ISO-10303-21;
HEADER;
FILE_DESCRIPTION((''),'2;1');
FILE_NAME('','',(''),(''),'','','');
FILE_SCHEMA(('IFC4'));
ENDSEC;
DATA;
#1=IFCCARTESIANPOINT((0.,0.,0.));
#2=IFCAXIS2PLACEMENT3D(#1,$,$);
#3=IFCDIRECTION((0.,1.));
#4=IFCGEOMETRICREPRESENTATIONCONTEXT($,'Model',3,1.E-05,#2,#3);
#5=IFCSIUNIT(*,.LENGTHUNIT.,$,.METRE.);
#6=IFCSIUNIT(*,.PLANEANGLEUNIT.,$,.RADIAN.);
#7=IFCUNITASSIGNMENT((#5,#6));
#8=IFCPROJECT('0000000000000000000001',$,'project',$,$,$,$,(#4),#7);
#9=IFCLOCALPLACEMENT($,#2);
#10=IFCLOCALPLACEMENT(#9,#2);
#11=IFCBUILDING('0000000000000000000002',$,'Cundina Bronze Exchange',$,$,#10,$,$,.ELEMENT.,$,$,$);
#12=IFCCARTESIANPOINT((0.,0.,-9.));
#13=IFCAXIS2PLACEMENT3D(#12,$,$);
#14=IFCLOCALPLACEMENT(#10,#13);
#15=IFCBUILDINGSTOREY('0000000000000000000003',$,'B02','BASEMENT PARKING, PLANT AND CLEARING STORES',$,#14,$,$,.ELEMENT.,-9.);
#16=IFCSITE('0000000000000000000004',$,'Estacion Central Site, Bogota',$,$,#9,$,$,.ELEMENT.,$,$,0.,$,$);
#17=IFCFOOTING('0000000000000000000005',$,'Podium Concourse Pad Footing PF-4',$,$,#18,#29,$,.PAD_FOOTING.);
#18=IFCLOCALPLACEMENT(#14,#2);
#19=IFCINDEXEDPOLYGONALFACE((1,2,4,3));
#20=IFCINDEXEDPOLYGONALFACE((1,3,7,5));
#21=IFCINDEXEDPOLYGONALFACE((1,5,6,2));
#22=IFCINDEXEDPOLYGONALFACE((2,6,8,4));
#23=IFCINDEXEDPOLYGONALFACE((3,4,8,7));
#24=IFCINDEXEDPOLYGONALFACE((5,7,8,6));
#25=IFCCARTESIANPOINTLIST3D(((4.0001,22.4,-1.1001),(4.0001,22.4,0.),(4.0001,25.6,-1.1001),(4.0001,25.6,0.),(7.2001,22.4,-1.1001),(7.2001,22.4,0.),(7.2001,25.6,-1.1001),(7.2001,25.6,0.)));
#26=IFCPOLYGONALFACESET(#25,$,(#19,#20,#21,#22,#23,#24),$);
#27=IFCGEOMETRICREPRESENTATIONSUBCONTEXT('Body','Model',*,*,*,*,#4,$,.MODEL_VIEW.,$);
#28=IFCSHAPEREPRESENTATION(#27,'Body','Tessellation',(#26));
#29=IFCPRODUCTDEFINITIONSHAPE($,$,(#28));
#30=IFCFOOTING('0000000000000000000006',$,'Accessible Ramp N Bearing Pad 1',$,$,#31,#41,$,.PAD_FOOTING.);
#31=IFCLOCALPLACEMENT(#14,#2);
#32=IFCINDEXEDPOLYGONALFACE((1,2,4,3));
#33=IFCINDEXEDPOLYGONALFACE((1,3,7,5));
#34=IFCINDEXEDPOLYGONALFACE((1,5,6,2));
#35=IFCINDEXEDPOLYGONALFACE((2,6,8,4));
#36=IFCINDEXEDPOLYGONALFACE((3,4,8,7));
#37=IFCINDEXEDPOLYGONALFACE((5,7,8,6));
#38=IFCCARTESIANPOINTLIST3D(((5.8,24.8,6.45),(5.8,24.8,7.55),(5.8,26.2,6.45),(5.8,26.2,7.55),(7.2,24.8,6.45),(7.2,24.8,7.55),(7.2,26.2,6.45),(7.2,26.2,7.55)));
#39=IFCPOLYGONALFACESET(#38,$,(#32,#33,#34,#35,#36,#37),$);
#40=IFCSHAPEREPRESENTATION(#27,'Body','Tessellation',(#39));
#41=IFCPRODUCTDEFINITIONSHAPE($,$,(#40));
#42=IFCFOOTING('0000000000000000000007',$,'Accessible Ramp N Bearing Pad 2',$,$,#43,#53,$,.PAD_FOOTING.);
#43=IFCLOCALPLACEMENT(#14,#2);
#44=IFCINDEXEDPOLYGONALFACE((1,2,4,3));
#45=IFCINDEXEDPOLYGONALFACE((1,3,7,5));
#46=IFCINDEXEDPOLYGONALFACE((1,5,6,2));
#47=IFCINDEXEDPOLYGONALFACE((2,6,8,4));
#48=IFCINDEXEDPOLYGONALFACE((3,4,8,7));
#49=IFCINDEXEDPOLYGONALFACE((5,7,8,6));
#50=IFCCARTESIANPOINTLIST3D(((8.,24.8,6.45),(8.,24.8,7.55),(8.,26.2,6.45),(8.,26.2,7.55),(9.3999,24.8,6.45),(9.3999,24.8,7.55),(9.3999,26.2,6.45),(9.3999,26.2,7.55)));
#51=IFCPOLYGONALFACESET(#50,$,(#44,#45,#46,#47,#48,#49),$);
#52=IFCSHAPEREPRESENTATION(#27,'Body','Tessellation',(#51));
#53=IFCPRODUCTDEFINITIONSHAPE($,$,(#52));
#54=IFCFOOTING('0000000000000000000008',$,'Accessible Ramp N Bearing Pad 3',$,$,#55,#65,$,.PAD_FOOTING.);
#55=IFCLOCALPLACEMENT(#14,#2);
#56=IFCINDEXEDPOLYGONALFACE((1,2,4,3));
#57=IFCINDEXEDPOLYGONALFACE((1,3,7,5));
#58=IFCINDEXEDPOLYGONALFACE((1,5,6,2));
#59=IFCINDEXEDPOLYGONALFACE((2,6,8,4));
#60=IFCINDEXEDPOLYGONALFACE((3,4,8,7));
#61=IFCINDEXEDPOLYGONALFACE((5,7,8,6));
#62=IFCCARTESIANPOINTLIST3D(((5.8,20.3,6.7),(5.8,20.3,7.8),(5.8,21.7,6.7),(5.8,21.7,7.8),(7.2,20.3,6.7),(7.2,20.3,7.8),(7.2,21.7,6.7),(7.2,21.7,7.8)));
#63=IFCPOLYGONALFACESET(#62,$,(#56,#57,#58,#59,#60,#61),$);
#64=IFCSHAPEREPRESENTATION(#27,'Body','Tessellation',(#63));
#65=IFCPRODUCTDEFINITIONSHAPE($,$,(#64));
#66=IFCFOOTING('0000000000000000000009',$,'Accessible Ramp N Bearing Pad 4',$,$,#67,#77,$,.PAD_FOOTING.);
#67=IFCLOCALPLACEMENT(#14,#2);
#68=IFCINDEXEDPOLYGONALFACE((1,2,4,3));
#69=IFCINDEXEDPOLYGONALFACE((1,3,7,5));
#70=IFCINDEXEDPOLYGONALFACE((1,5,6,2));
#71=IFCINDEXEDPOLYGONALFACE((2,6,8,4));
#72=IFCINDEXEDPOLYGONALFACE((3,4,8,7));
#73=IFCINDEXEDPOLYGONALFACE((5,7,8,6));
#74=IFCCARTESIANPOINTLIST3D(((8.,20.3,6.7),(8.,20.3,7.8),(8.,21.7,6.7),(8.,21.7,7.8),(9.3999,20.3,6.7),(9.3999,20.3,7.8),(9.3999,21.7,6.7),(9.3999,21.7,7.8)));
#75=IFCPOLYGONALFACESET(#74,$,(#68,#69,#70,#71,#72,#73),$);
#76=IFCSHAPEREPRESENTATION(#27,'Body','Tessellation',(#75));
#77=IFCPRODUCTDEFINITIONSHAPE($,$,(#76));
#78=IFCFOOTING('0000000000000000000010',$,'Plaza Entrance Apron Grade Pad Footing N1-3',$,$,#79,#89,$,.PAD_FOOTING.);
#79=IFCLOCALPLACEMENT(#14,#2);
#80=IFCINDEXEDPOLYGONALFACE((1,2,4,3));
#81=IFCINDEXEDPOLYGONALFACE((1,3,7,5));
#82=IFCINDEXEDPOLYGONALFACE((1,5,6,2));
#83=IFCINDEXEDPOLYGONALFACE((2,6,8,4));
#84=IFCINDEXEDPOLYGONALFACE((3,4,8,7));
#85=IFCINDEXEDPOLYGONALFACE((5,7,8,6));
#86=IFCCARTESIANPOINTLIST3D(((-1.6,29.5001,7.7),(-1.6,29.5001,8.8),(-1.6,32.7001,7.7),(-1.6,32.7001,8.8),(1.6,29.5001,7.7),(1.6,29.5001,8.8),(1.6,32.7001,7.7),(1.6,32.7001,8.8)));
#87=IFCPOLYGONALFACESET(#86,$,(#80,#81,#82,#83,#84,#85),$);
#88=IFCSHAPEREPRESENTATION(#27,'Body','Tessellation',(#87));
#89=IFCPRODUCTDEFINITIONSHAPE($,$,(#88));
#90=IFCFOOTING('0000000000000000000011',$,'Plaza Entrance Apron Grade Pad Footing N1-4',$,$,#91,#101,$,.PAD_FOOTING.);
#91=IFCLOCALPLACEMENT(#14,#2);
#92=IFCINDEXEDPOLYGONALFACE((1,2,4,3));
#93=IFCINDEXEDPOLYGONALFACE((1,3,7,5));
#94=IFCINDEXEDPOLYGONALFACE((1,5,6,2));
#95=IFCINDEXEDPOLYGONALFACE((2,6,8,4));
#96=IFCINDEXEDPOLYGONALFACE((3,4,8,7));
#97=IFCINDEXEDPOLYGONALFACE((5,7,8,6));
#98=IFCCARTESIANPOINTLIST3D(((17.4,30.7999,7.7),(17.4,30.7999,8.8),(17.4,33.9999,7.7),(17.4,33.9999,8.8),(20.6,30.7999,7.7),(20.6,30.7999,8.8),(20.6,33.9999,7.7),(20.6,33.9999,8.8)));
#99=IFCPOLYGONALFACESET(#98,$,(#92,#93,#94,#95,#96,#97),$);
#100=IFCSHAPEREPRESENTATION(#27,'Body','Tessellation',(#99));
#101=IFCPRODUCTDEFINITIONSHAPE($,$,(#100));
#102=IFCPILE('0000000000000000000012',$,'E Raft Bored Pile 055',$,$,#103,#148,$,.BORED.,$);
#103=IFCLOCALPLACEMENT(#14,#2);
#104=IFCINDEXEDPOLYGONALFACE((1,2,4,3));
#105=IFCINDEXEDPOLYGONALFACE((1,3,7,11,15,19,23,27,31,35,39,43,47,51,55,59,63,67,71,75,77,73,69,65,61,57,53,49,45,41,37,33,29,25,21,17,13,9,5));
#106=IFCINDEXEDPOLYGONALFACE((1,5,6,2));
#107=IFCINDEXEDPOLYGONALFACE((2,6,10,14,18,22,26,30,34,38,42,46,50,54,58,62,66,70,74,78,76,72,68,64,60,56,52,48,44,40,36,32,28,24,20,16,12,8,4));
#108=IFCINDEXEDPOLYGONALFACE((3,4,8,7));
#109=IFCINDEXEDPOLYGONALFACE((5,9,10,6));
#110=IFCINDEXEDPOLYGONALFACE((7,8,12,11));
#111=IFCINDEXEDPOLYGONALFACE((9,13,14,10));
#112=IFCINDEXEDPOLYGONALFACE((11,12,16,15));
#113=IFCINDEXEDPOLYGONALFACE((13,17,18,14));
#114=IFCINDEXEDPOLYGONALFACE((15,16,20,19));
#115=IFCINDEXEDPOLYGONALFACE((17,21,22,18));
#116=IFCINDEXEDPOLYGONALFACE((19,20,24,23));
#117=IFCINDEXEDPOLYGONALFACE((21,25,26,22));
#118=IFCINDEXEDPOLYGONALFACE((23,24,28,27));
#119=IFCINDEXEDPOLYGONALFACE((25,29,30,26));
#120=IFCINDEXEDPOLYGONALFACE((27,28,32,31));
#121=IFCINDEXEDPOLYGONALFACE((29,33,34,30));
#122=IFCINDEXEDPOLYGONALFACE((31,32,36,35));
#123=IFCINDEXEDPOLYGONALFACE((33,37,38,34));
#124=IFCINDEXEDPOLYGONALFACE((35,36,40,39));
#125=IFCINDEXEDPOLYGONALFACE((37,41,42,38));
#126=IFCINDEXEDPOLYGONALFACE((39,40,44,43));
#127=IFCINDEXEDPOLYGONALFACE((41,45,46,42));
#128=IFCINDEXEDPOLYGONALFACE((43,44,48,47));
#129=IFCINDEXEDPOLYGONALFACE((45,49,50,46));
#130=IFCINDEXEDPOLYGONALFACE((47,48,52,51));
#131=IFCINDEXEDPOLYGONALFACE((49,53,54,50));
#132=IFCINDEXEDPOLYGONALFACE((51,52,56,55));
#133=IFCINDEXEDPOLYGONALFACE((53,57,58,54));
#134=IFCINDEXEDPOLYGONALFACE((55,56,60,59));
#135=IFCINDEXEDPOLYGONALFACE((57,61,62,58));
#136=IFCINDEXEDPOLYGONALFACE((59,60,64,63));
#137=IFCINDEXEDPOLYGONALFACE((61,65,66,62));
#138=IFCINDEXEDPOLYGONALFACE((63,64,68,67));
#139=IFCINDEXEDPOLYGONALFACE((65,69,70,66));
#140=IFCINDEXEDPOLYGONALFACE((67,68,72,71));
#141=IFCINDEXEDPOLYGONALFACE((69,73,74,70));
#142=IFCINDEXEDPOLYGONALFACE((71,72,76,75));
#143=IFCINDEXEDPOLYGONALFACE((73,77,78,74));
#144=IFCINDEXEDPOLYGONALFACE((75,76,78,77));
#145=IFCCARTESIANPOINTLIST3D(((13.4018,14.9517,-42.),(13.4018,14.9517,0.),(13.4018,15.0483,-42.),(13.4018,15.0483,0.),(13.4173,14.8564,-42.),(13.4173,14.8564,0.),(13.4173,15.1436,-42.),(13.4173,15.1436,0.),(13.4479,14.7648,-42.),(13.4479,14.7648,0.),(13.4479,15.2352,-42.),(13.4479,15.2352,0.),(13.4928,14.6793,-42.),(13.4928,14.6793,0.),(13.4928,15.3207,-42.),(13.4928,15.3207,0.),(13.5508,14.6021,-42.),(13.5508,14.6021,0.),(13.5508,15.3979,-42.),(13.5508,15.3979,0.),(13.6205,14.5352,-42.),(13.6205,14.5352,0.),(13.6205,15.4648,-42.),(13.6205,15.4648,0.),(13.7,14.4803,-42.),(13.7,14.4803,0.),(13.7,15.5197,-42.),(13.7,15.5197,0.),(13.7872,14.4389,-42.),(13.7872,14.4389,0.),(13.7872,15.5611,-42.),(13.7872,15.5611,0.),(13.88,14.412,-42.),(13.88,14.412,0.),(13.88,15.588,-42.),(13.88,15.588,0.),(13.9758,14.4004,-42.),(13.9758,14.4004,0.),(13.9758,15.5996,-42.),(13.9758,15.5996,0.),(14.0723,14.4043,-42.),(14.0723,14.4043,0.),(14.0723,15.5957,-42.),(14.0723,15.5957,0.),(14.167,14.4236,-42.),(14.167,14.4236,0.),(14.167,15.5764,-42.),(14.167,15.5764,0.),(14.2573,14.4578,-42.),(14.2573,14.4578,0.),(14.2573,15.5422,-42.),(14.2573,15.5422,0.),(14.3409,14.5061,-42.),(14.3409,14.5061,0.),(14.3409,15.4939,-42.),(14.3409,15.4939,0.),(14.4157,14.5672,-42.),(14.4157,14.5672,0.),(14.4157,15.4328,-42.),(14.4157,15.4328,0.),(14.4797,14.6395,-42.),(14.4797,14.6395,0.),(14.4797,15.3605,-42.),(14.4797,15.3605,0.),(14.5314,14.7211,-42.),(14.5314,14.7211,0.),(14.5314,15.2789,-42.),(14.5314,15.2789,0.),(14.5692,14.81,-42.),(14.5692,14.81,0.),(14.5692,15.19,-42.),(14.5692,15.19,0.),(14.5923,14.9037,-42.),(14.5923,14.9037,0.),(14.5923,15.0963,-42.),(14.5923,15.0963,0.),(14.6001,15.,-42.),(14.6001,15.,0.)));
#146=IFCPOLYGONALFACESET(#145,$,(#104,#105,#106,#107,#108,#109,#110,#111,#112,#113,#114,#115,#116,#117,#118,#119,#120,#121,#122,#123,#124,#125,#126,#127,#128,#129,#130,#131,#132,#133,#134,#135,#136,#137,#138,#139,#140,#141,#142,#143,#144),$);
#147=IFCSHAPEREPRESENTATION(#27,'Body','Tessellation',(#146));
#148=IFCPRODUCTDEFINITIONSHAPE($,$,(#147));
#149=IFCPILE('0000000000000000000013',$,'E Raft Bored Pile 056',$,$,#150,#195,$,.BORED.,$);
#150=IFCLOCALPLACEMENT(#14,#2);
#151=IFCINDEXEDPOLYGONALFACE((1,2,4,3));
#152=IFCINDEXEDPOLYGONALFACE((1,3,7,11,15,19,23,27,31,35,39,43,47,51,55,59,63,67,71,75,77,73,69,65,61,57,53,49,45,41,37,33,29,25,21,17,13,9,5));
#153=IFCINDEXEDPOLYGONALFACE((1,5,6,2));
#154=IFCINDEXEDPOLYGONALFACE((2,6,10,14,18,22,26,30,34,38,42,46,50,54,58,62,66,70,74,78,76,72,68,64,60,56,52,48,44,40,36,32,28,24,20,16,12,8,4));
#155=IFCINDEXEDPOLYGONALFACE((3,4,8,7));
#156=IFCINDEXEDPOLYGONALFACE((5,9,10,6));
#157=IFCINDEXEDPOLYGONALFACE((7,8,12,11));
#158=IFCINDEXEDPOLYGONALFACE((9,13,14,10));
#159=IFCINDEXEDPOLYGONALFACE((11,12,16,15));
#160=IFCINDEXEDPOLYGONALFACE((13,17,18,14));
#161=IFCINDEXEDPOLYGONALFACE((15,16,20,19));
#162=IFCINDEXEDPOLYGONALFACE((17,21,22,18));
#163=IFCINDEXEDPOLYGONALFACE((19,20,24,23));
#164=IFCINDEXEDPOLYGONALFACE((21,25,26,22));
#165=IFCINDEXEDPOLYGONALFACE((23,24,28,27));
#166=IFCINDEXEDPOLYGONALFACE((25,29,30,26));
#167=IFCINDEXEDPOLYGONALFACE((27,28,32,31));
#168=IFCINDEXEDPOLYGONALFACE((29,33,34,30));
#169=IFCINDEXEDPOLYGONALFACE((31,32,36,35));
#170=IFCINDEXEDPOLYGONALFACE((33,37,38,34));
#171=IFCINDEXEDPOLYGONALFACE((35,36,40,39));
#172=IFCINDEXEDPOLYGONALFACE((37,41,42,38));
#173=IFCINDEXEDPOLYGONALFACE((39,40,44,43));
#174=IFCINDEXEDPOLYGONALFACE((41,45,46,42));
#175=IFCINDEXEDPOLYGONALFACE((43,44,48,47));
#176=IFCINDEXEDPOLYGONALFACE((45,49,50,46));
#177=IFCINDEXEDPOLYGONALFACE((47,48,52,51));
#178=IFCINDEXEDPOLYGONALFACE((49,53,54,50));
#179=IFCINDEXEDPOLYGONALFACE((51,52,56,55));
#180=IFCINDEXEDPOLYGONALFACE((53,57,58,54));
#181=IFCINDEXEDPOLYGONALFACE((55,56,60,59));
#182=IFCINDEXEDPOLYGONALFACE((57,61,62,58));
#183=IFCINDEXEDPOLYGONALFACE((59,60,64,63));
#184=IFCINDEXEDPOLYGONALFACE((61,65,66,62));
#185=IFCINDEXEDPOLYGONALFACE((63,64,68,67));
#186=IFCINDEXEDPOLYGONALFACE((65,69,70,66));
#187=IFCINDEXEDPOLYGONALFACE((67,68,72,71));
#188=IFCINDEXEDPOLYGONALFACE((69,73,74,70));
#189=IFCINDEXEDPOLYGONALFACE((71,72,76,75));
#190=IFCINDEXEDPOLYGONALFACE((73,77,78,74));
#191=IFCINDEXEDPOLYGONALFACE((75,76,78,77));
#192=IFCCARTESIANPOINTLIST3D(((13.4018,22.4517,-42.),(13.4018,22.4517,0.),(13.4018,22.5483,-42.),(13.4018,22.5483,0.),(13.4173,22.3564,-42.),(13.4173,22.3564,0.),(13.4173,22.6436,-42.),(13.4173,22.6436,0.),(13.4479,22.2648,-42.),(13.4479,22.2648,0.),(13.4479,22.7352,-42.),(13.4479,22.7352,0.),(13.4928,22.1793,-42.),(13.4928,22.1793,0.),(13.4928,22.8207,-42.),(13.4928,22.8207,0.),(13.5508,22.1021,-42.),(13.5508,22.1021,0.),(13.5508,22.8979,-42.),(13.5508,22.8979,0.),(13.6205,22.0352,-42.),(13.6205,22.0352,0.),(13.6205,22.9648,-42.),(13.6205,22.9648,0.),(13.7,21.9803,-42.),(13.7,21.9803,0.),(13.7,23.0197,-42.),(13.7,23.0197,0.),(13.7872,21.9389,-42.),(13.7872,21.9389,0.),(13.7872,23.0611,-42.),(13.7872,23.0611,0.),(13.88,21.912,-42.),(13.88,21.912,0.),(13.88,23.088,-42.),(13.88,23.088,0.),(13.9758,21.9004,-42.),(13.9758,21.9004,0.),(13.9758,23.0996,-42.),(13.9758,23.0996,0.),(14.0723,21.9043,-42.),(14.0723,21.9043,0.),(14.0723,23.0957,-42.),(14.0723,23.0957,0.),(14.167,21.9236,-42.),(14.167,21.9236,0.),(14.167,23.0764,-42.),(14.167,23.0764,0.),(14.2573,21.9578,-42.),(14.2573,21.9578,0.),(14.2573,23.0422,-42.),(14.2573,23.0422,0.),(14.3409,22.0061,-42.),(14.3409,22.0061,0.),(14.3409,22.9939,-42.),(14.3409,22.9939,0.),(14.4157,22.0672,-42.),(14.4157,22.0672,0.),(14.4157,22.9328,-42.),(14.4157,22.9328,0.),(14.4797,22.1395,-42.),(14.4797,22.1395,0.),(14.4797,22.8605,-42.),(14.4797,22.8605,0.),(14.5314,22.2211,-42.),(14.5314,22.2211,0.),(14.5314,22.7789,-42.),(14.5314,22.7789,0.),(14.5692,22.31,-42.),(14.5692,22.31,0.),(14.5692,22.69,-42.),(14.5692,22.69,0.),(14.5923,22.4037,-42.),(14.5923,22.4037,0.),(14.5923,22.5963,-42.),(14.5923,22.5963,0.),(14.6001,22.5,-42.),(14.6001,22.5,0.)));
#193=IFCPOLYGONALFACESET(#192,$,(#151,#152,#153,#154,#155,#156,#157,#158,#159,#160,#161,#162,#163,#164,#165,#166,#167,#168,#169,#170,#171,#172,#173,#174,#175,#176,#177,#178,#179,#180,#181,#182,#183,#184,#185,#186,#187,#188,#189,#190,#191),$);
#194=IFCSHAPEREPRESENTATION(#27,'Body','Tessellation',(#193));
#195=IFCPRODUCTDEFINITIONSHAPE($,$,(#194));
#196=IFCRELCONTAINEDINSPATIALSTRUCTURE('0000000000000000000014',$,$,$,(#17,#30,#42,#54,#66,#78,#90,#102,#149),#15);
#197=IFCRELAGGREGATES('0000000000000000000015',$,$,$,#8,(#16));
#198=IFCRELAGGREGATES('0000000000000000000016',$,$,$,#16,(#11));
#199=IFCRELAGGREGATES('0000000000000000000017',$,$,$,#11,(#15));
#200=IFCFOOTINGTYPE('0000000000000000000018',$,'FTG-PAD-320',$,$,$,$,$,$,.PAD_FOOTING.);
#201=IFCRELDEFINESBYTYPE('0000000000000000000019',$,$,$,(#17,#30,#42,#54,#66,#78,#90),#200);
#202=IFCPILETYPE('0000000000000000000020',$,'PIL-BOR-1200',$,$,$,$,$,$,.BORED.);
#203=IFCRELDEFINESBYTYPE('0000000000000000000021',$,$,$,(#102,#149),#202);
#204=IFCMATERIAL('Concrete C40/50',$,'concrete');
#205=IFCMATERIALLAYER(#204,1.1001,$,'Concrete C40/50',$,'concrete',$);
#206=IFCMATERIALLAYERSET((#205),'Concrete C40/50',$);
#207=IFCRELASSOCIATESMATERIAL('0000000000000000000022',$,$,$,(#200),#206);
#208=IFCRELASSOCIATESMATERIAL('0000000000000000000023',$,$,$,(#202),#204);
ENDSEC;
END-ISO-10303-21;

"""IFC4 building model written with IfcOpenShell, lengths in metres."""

from ifc_helpers import new_model, si_unit, direction, frame, origin, origin_2d, place, context, subcontext, project, spatial, rectangle, circle, extrude, material, layer, layer_set, material_profile, profile_set, type_object, element, save


model = new_model("IFC4")

# Units and contexts
model_context = context("Model", 3, precision=1e-05, world=origin(), true_north=direction((0.0, 1.0)))
body_context = subcontext(model_context, "Body", "Model", "MODEL_VIEW")
ifc_project = project(units=[si_unit("LENGTHUNIT", "METRE"), si_unit("PLANEANGLEUNIT", "RADIAN")], contexts=[model_context])

# Site, building, storey
site_placement = place(None, origin())
site = spatial("IfcSite", under=ifc_project, at=site_placement, Name="Estacion Central Site, Bogota", CompositionType="ELEMENT", RefElevation=0.0)
building_placement = place(site_placement, origin())
building = spatial("IfcBuilding", under=site, at=building_placement, Name="Cundina Bronze Exchange", CompositionType="ELEMENT")
storey_placement = place(building_placement, frame((0.0, 0.0, -9.0)))
storey = spatial("IfcBuildingStorey", under=building, at=storey_placement, Name="B02", Description="BASEMENT PARKING, PLANT AND CLEARING STORES", CompositionType="ELEMENT", Elevation=-9.0)

# Footings
ifc_material_1 = material(Name="Concrete C40/50", Category="concrete")
ifc_layer_1 = layer(ifc_material_1, 1.1001, Name="Concrete C40/50", Category="concrete")
ifc_layer_set_1 = layer_set([ifc_layer_1], Name="Concrete C40/50")
footing_type = type_object("IfcFootingType", Name="FTG-PAD-320", PredefinedType="PAD_FOOTING", material=ifc_layer_set_1)
footing_placement = place(storey_placement, frame((5.6001, 24.0, -1.1001), z_axis=(0.0, 0.0, 1.0), x_axis=(1.0, 0.0, 0.0)))
element("IfcFooting", 1, at=footing_placement, inside=storey, type_object=footing_type, Name="Podium Concourse Pad Footing PF-4", PredefinedType="PAD_FOOTING", context=body_context, shape_type="SweptSolid", body=[
    extrude(rectangle(XDim=3.2, YDim=3.2, at=origin_2d()), origin(), (0.0, 0.0, 1.0), 1.1001),
])
for number, where, z_axis, x_axis, name in (
    (2, (6.5, 25.5, 6.45), (0.0, 0.0, 1.0), (1.0, 0.0, 0.0), "Accessible Ramp N Bearing Pad 1"),
    (3, (8.7, 25.5, 6.45), (0.0, 0.0, 1.0), (1.0, 0.0, 0.0), "Accessible Ramp N Bearing Pad 2"),
    (4, (6.5, 21.0, 6.7), (0.0, 0.0, 1.0), (1.0, 0.0, 0.0), "Accessible Ramp N Bearing Pad 3"),
    (5, (8.7, 21.0, 6.7), (0.0, 0.0, 1.0), (1.0, 0.0, 0.0), "Accessible Ramp N Bearing Pad 4"),
):
    element("IfcFooting", number, at=place(storey_placement, frame(where, z_axis=z_axis, x_axis=x_axis)), inside=storey, type_object=footing_type, Name=name, PredefinedType="PAD_FOOTING", context=body_context, shape_type="SweptSolid", body=[
        extrude(rectangle(XDim=1.3999, YDim=1.3999, at=origin_2d()), origin(), (0.0, 0.0, 1.0), 1.1001),
    ])
for number, where, z_axis, x_axis, name in (
    (6, (0.0, 31.1001, 7.7), (0.0, 0.0, 1.0), (1.0, 0.0, 0.0), "Plaza Entrance Apron Grade Pad Footing N1-3"),
    (7, (19.0, 32.3999, 7.7), (0.0, 0.0, 1.0), (1.0, 0.0, 0.0), "Plaza Entrance Apron Grade Pad Footing N1-4"),
):
    element("IfcFooting", number, at=place(storey_placement, frame(where, z_axis=z_axis, x_axis=x_axis)), inside=storey, type_object=footing_type, Name=name, PredefinedType="PAD_FOOTING", context=body_context, shape_type="SweptSolid", body=[
        extrude(rectangle(XDim=3.2, YDim=3.2, at=origin_2d()), origin(), (0.0, 0.0, 1.0), 1.1001),
    ])

# Piles
ifc_material_profile_1 = material_profile(ifc_material_1, circle(Radius=0.6001, at=origin_2d()), Name="PILE1200D", Category="concrete")
ifc_profile_set_1 = profile_set([ifc_material_profile_1], Name="Concrete C40/50")
pile_type_1 = type_object("IfcPileType", Name="PIL-BOR-1200", PredefinedType="BORED", material=ifc_profile_set_1)
for number, where, z_axis, x_axis, name in (
    (8, (14.0, 15.0, 0.0), (0.0, 0.0, -1.0), (1.0, 0.0, 0.0), "E Raft Bored Pile 055"),
    (9, (14.0, 22.5, 0.0), (0.0, 0.0, -1.0), (1.0, 0.0, 0.0), "E Raft Bored Pile 056"),
):
    element("IfcPile", number, at=place(storey_placement, frame(where, z_axis=z_axis, x_axis=x_axis)), inside=storey, type_object=pile_type_1, Name=name, PredefinedType="BORED", context=body_context, shape_type="SweptSolid", body=[
        extrude(circle(Radius=0.6001, at=origin_2d()), origin(), (0.0, 0.0, 1.0), 42.0),
    ])

save(model, "model.ifc")
